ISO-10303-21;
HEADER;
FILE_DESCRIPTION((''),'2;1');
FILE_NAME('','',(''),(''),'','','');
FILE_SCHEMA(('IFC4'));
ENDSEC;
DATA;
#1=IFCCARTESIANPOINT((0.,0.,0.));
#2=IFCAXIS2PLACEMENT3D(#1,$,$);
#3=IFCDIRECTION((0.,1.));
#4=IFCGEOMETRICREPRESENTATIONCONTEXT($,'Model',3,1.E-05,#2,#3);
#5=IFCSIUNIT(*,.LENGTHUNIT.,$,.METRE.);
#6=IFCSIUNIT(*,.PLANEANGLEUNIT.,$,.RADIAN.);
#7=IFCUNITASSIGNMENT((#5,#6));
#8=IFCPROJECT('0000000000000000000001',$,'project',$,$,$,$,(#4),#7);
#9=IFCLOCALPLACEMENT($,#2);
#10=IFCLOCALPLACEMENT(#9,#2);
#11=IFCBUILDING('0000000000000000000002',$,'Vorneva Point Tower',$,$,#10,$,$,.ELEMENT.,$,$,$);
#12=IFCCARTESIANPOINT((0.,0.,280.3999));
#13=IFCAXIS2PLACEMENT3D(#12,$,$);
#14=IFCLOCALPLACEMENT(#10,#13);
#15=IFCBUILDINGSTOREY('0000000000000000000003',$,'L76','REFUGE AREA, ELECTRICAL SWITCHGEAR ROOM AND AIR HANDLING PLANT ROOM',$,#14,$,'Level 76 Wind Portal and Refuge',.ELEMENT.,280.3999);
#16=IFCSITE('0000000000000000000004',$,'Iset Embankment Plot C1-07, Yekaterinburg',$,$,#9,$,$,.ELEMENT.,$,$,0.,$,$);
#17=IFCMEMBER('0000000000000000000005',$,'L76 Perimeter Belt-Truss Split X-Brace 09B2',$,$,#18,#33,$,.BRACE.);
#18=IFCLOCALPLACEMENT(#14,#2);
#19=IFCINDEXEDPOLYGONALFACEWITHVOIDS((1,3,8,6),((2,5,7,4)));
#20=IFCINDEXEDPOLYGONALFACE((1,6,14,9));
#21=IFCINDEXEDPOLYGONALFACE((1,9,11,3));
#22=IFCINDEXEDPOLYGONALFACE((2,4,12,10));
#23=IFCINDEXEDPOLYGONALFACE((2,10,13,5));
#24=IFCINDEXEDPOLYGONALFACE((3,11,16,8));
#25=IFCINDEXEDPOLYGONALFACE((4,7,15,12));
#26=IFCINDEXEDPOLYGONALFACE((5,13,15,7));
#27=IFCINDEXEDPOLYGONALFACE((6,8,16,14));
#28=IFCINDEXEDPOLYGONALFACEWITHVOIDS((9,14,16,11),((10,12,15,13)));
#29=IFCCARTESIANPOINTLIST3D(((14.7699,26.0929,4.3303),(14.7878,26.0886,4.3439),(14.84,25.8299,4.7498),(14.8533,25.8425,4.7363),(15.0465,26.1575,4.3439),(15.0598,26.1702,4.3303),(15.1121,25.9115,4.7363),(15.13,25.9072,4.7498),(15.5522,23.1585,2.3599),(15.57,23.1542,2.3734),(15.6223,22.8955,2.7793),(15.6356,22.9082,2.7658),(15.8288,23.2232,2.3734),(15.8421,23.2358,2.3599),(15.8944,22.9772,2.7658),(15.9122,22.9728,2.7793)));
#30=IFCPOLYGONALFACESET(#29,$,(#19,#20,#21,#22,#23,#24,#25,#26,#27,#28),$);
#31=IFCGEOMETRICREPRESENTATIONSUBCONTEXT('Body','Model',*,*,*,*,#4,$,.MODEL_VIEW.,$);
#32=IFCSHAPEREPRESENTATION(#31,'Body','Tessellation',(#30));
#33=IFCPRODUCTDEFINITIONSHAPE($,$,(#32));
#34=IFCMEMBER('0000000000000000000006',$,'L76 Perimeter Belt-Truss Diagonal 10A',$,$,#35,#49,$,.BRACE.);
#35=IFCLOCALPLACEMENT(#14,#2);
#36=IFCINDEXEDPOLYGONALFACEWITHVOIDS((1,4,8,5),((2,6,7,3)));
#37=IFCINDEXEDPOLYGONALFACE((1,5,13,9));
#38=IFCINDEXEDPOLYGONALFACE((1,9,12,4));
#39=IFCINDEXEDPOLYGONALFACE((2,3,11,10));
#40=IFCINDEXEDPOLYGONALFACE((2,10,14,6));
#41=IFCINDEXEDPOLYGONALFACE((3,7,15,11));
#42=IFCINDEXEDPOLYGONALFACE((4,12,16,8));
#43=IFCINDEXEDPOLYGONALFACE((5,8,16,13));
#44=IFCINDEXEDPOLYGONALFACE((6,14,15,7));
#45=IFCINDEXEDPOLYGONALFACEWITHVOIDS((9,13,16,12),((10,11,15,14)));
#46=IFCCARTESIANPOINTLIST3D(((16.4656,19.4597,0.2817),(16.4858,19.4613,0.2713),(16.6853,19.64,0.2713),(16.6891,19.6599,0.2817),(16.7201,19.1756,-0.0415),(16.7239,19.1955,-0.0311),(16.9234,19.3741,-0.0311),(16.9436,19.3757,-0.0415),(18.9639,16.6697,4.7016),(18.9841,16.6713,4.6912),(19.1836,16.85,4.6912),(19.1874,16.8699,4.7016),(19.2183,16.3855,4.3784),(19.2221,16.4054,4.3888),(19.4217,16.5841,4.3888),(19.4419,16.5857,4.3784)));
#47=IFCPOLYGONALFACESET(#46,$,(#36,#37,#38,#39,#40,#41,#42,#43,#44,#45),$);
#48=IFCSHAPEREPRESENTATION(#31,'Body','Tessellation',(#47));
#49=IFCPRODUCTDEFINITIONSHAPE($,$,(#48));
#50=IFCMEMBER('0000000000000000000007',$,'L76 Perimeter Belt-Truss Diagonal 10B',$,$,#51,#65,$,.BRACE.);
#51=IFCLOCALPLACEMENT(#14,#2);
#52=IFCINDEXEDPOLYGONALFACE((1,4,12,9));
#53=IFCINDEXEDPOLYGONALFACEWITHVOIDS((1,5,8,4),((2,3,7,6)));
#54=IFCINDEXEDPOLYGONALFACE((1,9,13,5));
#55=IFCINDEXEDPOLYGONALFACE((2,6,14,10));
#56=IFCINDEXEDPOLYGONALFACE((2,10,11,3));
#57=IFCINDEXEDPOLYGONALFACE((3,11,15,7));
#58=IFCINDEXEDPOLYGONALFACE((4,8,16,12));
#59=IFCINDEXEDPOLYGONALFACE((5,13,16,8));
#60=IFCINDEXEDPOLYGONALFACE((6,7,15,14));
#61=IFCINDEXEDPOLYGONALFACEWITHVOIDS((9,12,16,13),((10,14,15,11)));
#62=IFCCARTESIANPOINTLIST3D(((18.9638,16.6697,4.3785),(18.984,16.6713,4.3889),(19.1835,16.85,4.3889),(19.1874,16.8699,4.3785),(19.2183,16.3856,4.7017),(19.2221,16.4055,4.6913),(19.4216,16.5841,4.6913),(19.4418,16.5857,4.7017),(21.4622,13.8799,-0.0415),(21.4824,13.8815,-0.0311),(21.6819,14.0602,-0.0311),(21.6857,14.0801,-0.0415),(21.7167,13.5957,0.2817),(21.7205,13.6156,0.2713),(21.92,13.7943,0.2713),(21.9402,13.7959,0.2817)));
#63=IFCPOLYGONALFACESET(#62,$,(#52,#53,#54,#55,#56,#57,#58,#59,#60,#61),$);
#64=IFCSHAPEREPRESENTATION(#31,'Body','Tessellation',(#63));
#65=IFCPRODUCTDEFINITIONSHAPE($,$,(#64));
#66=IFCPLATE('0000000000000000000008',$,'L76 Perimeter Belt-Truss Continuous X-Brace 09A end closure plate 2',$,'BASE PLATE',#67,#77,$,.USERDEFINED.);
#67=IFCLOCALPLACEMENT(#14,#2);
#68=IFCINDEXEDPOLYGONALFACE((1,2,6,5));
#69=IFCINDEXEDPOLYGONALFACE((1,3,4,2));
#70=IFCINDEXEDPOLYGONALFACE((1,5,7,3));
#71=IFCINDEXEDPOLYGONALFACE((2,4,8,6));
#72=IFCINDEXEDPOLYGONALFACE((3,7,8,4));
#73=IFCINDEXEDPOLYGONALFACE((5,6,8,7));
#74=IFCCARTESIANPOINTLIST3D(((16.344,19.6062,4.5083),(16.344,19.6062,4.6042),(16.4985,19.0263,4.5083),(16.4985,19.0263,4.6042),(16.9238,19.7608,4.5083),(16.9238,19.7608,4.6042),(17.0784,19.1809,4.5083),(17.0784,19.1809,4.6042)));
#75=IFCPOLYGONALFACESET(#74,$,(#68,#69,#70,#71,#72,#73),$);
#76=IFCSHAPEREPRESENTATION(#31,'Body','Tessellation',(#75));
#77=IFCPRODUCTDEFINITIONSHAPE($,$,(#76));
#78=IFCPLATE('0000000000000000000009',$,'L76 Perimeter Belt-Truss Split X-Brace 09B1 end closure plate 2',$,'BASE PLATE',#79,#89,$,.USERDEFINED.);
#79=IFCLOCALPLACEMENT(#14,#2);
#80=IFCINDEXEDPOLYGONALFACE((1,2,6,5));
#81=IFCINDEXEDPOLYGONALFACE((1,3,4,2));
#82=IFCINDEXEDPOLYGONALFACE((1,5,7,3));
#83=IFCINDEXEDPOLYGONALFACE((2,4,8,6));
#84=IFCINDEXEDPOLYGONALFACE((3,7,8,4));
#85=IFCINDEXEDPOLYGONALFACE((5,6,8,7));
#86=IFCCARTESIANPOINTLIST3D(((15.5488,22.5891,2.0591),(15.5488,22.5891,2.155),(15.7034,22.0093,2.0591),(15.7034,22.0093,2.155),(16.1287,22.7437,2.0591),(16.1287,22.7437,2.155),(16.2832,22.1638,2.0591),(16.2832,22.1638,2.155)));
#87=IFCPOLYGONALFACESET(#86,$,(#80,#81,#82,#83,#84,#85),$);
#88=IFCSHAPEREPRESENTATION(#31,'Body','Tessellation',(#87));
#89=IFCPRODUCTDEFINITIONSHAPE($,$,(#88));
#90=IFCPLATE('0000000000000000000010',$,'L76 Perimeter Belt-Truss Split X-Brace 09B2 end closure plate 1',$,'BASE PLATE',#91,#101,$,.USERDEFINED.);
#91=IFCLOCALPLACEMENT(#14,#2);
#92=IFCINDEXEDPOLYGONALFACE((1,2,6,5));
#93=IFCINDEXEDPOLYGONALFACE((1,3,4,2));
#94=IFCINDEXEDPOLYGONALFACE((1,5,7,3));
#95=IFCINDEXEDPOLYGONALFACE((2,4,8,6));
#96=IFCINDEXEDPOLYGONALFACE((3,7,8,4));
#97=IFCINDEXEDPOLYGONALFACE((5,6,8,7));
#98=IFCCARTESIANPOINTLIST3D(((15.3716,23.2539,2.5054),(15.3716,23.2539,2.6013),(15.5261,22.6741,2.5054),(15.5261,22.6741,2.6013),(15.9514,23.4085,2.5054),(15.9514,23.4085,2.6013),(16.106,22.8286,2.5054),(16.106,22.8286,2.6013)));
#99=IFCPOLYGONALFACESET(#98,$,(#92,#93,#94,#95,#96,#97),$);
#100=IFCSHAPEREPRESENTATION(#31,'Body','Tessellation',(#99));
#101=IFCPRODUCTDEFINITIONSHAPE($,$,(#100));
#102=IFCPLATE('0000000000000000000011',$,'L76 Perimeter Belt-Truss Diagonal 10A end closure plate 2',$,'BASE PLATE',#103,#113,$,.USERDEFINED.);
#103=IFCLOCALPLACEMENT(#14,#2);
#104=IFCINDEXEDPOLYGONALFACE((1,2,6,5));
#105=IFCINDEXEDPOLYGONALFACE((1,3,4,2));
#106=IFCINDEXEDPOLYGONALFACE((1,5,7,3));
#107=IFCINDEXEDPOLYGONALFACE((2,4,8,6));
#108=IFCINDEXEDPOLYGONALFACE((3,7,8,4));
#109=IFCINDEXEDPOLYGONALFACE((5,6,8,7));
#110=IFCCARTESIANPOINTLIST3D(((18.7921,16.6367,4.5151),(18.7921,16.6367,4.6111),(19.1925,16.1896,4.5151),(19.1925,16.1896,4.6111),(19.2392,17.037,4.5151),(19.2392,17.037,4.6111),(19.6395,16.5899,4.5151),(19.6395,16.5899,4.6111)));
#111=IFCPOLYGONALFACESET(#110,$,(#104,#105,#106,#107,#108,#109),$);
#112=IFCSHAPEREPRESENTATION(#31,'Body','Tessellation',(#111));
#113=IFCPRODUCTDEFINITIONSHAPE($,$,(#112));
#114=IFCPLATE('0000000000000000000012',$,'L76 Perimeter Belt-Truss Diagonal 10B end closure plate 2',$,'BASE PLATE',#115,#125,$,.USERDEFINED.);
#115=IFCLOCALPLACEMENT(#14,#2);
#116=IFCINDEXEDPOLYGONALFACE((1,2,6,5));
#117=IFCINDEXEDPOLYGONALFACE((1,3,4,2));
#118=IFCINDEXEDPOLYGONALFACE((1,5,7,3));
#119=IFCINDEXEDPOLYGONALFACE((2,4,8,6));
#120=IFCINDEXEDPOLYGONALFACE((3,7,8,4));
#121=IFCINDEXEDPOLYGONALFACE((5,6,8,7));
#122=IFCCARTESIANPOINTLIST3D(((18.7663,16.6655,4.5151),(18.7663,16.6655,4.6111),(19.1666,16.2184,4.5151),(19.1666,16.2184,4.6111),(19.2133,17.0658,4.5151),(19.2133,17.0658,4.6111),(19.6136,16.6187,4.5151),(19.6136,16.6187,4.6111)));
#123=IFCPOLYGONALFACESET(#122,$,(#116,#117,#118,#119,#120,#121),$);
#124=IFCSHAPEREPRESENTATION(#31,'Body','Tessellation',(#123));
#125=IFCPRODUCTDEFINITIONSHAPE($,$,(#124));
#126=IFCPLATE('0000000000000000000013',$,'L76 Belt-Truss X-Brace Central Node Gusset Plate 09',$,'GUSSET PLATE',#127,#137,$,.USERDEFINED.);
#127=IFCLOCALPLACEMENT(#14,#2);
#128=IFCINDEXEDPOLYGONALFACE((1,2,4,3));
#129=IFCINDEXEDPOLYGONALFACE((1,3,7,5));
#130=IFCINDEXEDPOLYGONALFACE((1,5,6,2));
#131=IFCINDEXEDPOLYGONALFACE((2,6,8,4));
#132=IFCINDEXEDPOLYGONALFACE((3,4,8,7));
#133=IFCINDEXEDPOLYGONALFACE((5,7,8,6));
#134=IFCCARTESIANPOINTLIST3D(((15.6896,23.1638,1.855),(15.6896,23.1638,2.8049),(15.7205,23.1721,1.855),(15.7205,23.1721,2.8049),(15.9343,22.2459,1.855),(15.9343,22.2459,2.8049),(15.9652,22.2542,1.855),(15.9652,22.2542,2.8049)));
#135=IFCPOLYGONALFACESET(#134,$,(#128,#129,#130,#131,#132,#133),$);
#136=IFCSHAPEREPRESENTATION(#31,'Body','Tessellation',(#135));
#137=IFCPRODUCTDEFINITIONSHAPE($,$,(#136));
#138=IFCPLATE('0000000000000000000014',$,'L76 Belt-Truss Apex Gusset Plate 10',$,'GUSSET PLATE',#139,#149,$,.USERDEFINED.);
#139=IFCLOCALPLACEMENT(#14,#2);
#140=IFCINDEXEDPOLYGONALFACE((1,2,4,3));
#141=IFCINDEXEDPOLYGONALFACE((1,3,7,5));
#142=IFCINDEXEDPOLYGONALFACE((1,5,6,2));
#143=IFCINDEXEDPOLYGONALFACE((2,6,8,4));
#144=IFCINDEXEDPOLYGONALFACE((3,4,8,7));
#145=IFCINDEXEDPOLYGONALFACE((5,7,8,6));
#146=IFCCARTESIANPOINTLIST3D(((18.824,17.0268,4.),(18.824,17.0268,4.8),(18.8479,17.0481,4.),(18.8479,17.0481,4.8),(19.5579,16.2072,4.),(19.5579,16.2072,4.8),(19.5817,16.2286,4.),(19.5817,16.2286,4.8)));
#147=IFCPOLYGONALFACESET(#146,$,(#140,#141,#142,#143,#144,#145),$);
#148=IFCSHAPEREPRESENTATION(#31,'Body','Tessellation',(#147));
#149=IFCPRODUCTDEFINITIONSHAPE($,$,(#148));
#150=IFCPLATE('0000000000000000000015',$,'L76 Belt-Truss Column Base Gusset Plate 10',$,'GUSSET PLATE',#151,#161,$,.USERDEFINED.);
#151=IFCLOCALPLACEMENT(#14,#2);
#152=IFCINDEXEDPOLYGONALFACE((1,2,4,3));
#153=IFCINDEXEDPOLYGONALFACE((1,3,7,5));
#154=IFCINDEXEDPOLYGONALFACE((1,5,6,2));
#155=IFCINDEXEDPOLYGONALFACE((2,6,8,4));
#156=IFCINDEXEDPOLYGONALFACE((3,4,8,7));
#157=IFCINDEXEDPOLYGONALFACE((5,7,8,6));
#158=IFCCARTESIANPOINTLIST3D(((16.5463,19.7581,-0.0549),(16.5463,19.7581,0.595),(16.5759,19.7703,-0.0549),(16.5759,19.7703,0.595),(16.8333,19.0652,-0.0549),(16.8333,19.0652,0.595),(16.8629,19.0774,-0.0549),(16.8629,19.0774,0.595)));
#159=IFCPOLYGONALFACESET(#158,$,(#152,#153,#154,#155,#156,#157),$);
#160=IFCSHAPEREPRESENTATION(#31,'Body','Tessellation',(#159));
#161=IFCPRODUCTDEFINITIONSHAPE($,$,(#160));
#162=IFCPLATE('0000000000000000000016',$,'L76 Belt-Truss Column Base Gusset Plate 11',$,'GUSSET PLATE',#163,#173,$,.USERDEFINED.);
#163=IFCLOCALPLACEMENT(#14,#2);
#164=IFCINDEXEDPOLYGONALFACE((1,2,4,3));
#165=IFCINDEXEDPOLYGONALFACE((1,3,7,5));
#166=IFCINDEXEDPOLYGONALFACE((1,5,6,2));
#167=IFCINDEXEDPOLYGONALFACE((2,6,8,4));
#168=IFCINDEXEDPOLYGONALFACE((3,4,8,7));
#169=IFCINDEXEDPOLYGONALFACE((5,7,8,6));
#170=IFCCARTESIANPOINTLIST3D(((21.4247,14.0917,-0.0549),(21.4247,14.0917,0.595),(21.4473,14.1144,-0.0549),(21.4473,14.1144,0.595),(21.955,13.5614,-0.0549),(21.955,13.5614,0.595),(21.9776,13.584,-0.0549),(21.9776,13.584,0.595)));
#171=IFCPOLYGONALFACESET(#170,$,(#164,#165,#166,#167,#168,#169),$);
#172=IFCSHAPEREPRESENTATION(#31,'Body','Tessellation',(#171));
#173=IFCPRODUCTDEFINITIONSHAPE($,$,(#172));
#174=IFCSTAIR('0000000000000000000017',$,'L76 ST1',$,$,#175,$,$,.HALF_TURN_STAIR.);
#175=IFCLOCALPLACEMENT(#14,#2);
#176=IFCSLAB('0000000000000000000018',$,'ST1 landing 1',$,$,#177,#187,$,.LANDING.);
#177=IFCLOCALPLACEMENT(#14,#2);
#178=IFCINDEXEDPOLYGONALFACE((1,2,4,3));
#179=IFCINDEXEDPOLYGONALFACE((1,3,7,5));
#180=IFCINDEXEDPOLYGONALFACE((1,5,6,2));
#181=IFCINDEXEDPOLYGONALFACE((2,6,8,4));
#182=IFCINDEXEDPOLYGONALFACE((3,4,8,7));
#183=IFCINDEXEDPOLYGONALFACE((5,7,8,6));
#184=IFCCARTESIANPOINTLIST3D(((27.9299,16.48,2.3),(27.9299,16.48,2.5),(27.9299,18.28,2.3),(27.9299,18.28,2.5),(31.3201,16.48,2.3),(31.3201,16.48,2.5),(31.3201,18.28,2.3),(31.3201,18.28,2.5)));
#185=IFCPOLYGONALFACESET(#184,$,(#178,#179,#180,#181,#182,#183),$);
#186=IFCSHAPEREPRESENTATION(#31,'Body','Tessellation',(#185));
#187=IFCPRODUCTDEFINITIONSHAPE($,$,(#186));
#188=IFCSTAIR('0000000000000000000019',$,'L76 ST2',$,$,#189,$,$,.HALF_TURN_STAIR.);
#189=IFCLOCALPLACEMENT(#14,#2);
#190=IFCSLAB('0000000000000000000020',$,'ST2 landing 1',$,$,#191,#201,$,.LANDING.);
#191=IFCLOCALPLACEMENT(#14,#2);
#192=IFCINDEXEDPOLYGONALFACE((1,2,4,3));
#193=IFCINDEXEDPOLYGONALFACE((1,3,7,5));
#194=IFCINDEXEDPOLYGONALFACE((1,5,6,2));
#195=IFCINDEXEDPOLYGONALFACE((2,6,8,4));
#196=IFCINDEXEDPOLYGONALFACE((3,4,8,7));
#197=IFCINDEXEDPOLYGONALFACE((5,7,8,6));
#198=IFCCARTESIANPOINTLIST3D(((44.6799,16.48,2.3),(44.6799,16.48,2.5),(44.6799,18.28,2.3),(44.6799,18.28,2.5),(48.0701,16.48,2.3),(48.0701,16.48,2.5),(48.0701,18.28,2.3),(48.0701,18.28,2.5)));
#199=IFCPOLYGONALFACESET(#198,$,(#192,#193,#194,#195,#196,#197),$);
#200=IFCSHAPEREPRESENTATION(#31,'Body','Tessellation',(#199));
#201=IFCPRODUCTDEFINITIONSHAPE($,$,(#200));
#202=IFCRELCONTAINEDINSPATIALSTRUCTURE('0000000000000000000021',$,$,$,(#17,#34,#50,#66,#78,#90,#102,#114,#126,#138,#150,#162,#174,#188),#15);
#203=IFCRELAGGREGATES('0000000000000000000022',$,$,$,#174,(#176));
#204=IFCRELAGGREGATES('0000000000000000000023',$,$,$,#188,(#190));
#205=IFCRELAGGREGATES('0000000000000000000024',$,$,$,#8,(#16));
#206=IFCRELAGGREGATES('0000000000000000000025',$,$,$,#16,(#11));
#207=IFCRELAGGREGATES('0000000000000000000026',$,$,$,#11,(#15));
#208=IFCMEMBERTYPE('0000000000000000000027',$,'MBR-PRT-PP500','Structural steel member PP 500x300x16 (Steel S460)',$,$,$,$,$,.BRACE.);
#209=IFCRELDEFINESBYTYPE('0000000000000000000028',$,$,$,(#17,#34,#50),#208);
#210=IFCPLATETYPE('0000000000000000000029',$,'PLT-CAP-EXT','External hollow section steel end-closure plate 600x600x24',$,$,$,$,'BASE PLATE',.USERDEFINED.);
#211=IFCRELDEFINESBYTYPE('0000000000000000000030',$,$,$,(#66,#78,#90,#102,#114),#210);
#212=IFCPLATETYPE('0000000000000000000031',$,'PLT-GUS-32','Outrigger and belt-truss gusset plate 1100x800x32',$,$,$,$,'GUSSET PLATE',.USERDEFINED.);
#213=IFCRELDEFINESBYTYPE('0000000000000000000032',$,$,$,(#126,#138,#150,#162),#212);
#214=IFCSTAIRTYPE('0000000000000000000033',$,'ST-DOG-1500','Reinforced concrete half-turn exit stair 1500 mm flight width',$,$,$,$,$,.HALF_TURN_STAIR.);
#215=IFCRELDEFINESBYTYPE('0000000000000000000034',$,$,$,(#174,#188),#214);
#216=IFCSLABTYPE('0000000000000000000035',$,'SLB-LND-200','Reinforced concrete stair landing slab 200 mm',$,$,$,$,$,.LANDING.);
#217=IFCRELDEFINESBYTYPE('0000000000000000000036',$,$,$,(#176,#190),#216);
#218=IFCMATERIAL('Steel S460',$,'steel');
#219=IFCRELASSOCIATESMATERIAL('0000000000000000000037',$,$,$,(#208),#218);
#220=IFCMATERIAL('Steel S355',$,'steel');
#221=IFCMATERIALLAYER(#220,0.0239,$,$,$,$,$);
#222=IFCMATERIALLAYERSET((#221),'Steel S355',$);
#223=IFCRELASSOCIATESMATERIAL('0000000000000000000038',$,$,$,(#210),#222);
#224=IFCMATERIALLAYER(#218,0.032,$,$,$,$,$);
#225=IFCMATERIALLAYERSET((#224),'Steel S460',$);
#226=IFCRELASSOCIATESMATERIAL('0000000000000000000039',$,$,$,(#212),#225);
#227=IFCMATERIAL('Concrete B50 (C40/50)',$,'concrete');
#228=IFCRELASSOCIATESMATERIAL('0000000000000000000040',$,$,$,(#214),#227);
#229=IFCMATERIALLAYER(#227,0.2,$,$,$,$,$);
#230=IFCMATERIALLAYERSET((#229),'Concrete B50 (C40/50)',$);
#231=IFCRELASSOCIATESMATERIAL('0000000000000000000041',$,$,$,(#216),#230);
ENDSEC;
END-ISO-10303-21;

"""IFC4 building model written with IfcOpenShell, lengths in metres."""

from ifc_helpers import new_model, si_unit, direction, frame, origin, origin_2d, place, context, subcontext, project, spatial, polyline, rectangle, hollow_rectangle, outline, extrude, material, layer, layer_set, material_profile, profile_set, type_object, element, aggregate, save


model = new_model("IFC4")

# Units and contexts
model_context = context("Model", 3, precision=1e-05, world=origin(), true_north=direction((0.0, 1.0)))
body_context = subcontext(model_context, "Body", "Model", "MODEL_VIEW")
ifc_project = project(units=[si_unit("LENGTHUNIT", "METRE"), si_unit("PLANEANGLEUNIT", "RADIAN")], contexts=[model_context])

# Site, building, storey
site_placement = place(None, origin())
site = spatial("IfcSite", under=ifc_project, at=site_placement, Name="Iset Embankment Plot C1-07, Yekaterinburg", CompositionType="ELEMENT", RefElevation=0.0)
building_placement = place(site_placement, origin())
building = spatial("IfcBuilding", under=site, at=building_placement, Name="Vorneva Point Tower", CompositionType="ELEMENT")
storey_placement = place(building_placement, frame((0.0, 0.0, 280.3999)))
storey = spatial("IfcBuildingStorey", under=building, at=storey_placement, Name="L76", Description="REFUGE AREA, ELECTRICAL SWITCHGEAR ROOM AND AIR HANDLING PLANT ROOM", LongName="Level 76 Wind Portal and Refuge", CompositionType="ELEMENT", Elevation=280.3999)

# Shared definitions
ifc_material_1 = material(Name="Concrete B50 (C40/50)", Category="concrete")

# Shared definitions
ifc_material_2 = material(Name="Steel S460", Category="steel")
ifc_material_3 = material(Name="Steel S355", Category="steel")

# Members
ifc_material_profile_1 = material_profile(ifc_material_2, hollow_rectangle(XDim=0.3, YDim=0.5, WallThickness=0.0161, at=origin_2d()), Name="PP 500x300x16")
ifc_profile_set_1 = profile_set([ifc_material_profile_1], Name="Steel S460")
member_type = type_object("IfcMemberType", Name="MBR-PRT-PP500", Description="Structural steel member PP 500x300x16 (Steel S460)", PredefinedType="BRACE", material=ifc_profile_set_1)
member_1_placement = place(storey_placement, frame((15.7322, 23.0657, 2.5696), z_axis=(-0.216081, 0.810573, 0.544316), x_axis=(-0.966256, -0.257583, 0.0)))
element("IfcMember", 1, at=member_1_placement, inside=storey, type_object=member_type, Name="L76 Perimeter Belt-Truss Split X-Brace 09B2", PredefinedType="BRACE", context=body_context, shape_type="SweptSolid", body=[
    extrude(hollow_rectangle(XDim=0.3, YDim=0.5, WallThickness=0.0161, at=origin_2d()), origin(), (0.0, 0.0, 1.0), 3.6201),
])
for number, where, z_axis, x_axis, name in (
    (2, (16.7046, 19.4177, 0.1201), (0.431243, -0.481604, 0.762946), (0.744984, 0.667083, 0.0), "L76 Perimeter Belt-Truss Diagonal 10A"),
    (3, (21.7012, 13.8379, 0.1201), (-0.431252, 0.481571, 0.762962), (-0.744955, -0.667115, 0.0), "L76 Perimeter Belt-Truss Diagonal 10B"),
):
    element("IfcMember", number, at=place(storey_placement, frame(where, z_axis=z_axis, x_axis=x_axis)), inside=storey, type_object=member_type, Name=name, PredefinedType="BRACE", context=body_context, shape_type="SweptSolid", body=[
        extrude(hollow_rectangle(XDim=0.3, YDim=0.5, WallThickness=0.0161, at=origin_2d()), origin(), (0.0, 0.0, 1.0), 5.7932),
    ])

# Plates
ifc_layer_1 = layer(ifc_material_3, 0.0239)
ifc_layer_set_1 = layer_set([ifc_layer_1], Name="Steel S355")
plate_type_1 = type_object("IfcPlateType", Name="PLT-CAP-EXT", Description="External hollow section steel end-closure plate 600x600x24", ElementType="BASE PLATE", PredefinedType="USERDEFINED", material=ifc_layer_set_1)
for number, where, z_axis, x_axis, name in (
    (4, (16.7112, 19.3936, 4.5083), (0.0, 0.0, 1.0), (0.257571, -0.966259, 0.0), "L76 Perimeter Belt-Truss Continuous X-Brace 09A end closure plate 2"),
    (5, (15.916, 22.3765, 2.0591), (0.0, 0.0, 1.0), (-0.257571, 0.966259, 0.0), "L76 Perimeter Belt-Truss Split X-Brace 09B1 end closure plate 2"),
    (6, (15.7388, 23.0413, 2.5054), (0.0, 0.0, 1.0), (-0.257571, 0.966259, 0.0), "L76 Perimeter Belt-Truss Split X-Brace 09B2 end closure plate 1"),
    (7, (19.2158, 16.6133, 4.5151), (0.0, 0.0, 1.0), (0.667092, -0.744976, 0.0), "L76 Perimeter Belt-Truss Diagonal 10A end closure plate 2"),
    (8, (19.1899, 16.6421, 4.5151), (0.0, 0.0, 1.0), (-0.667092, 0.744976, 0.0), "L76 Perimeter Belt-Truss Diagonal 10B end closure plate 2"),
):
    element("IfcPlate", number, at=place(storey_placement, frame(where, z_axis=z_axis, x_axis=x_axis)), inside=storey, type_object=plate_type_1, Name=name, ObjectType="BASE PLATE", PredefinedType="USERDEFINED", context=body_context, shape_type="SweptSolid", body=[
        extrude(rectangle(XDim=0.6001, YDim=0.6001, at=origin_2d()), origin(), (0.0, 0.0, 1.0), 0.0959),
    ])
ifc_layer_2 = layer(ifc_material_2, 0.032)
ifc_layer_set_2 = layer_set([ifc_layer_2], Name="Steel S460")
plate_type_2 = type_object("IfcPlateType", Name="PLT-GUS-32", Description="Outrigger and belt-truss gusset plate 1100x800x32", ElementType="GUSSET PLATE", PredefinedType="USERDEFINED", material=ifc_layer_set_2)
plate_1_placement = place(storey_placement, frame((15.8274, 22.709, 1.855), z_axis=(0.0, 0.0, 1.0), x_axis=(0.257571, -0.966259, 0.0)))
element("IfcPlate", 9, at=plate_1_placement, inside=storey, type_object=plate_type_2, Name="L76 Belt-Truss X-Brace Central Node Gusset Plate 09", ObjectType="GUSSET PLATE", PredefinedType="USERDEFINED", context=body_context, shape_type="SweptSolid", body=[
    extrude(rectangle(XDim=0.95, YDim=0.032, at=origin_2d()), origin(), (0.0, 0.0, 1.0), 0.95),
])
plate_2_placement = place(storey_placement, frame((19.2029, 16.6277, 4.0), z_axis=(0.0, 0.0, 1.0), x_axis=(0.667092, -0.744976, 0.0)))
element("IfcPlate", 10, at=plate_2_placement, inside=storey, type_object=plate_type_2, Name="L76 Belt-Truss Apex Gusset Plate 10", ObjectType="GUSSET PLATE", PredefinedType="USERDEFINED", context=body_context, shape_type="SweptSolid", body=[
    extrude(rectangle(XDim=1.1001, YDim=0.032, at=origin_2d()), origin(), (0.0, 0.0, 1.0), 0.8),
])
for number, where, z_axis, x_axis, name in (
    (11, (16.7046, 19.4177, -0.0549), (0.0, 0.0, 1.0), (0.382683, -0.92388, 0.0), "L76 Belt-Truss Column Base Gusset Plate 10"),
    (12, (21.7012, 13.8379, -0.0549), (0.0, 0.0, 1.0), (0.707107, -0.707107, 0.0), "L76 Belt-Truss Column Base Gusset Plate 11"),
):
    element("IfcPlate", number, at=place(storey_placement, frame(where, z_axis=z_axis, x_axis=x_axis)), inside=storey, type_object=plate_type_2, Name=name, ObjectType="GUSSET PLATE", PredefinedType="USERDEFINED", context=body_context, shape_type="SweptSolid", body=[
        extrude(rectangle(XDim=0.75, YDim=0.032, at=origin_2d()), origin(), (0.0, 0.0, 1.0), 0.6499),
    ])

# Stairs, slabs
stair_type = type_object("IfcStairType", Name="ST-DOG-1500", Description="Reinforced concrete half-turn exit stair 1500 mm flight width", PredefinedType="HALF_TURN_STAIR", material=ifc_material_1)
stair_1_placement = place(storey_placement, origin())
stair_1 = element("IfcStair", 13, at=stair_1_placement, inside=storey, type_object=stair_type, Name="L76 ST1", PredefinedType="HALF_TURN_STAIR")
ifc_layer_3 = layer(ifc_material_1, 0.2)
ifc_layer_set_3 = layer_set([ifc_layer_3], Name="Concrete B50 (C40/50)")
slab_type_1 = type_object("IfcSlabType", Name="SLB-LND-200", Description="Reinforced concrete stair landing slab 200 mm", PredefinedType="LANDING", material=ifc_layer_set_3)
slab_1_placement = place(storey_placement, frame((0.0, 0.0, 2.3)))
slab_1 = element("IfcSlab", 14, at=slab_1_placement, type_object=slab_type_1, Name="ST1 landing 1", PredefinedType="LANDING", context=body_context, shape_type="SweptSolid", body=[
    extrude(outline(polyline([(27.9299, 16.48), (31.3201, 16.48), (31.3201, 18.28), (27.9299, 18.28), (27.9299, 16.48)])), origin(), (0.0, 0.0, 1.0), 0.2),
])
aggregate(stair_1, [slab_1])
stair_2_placement = place(storey_placement, origin())
stair_2 = element("IfcStair", 15, at=stair_2_placement, inside=storey, type_object=stair_type, Name="L76 ST2", PredefinedType="HALF_TURN_STAIR")
slab_2_placement = place(storey_placement, frame((0.0, 0.0, 2.3)))
slab_2 = element("IfcSlab", 16, at=slab_2_placement, type_object=slab_type_1, Name="ST2 landing 1", PredefinedType="LANDING", context=body_context, shape_type="SweptSolid", body=[
    extrude(outline(polyline([(44.6799, 16.48), (48.0701, 16.48), (48.0701, 18.28), (44.6799, 18.28), (44.6799, 16.48)])), origin(), (0.0, 0.0, 1.0), 0.2),
])
aggregate(stair_2, [slab_2])

save(model, "model.ifc")
